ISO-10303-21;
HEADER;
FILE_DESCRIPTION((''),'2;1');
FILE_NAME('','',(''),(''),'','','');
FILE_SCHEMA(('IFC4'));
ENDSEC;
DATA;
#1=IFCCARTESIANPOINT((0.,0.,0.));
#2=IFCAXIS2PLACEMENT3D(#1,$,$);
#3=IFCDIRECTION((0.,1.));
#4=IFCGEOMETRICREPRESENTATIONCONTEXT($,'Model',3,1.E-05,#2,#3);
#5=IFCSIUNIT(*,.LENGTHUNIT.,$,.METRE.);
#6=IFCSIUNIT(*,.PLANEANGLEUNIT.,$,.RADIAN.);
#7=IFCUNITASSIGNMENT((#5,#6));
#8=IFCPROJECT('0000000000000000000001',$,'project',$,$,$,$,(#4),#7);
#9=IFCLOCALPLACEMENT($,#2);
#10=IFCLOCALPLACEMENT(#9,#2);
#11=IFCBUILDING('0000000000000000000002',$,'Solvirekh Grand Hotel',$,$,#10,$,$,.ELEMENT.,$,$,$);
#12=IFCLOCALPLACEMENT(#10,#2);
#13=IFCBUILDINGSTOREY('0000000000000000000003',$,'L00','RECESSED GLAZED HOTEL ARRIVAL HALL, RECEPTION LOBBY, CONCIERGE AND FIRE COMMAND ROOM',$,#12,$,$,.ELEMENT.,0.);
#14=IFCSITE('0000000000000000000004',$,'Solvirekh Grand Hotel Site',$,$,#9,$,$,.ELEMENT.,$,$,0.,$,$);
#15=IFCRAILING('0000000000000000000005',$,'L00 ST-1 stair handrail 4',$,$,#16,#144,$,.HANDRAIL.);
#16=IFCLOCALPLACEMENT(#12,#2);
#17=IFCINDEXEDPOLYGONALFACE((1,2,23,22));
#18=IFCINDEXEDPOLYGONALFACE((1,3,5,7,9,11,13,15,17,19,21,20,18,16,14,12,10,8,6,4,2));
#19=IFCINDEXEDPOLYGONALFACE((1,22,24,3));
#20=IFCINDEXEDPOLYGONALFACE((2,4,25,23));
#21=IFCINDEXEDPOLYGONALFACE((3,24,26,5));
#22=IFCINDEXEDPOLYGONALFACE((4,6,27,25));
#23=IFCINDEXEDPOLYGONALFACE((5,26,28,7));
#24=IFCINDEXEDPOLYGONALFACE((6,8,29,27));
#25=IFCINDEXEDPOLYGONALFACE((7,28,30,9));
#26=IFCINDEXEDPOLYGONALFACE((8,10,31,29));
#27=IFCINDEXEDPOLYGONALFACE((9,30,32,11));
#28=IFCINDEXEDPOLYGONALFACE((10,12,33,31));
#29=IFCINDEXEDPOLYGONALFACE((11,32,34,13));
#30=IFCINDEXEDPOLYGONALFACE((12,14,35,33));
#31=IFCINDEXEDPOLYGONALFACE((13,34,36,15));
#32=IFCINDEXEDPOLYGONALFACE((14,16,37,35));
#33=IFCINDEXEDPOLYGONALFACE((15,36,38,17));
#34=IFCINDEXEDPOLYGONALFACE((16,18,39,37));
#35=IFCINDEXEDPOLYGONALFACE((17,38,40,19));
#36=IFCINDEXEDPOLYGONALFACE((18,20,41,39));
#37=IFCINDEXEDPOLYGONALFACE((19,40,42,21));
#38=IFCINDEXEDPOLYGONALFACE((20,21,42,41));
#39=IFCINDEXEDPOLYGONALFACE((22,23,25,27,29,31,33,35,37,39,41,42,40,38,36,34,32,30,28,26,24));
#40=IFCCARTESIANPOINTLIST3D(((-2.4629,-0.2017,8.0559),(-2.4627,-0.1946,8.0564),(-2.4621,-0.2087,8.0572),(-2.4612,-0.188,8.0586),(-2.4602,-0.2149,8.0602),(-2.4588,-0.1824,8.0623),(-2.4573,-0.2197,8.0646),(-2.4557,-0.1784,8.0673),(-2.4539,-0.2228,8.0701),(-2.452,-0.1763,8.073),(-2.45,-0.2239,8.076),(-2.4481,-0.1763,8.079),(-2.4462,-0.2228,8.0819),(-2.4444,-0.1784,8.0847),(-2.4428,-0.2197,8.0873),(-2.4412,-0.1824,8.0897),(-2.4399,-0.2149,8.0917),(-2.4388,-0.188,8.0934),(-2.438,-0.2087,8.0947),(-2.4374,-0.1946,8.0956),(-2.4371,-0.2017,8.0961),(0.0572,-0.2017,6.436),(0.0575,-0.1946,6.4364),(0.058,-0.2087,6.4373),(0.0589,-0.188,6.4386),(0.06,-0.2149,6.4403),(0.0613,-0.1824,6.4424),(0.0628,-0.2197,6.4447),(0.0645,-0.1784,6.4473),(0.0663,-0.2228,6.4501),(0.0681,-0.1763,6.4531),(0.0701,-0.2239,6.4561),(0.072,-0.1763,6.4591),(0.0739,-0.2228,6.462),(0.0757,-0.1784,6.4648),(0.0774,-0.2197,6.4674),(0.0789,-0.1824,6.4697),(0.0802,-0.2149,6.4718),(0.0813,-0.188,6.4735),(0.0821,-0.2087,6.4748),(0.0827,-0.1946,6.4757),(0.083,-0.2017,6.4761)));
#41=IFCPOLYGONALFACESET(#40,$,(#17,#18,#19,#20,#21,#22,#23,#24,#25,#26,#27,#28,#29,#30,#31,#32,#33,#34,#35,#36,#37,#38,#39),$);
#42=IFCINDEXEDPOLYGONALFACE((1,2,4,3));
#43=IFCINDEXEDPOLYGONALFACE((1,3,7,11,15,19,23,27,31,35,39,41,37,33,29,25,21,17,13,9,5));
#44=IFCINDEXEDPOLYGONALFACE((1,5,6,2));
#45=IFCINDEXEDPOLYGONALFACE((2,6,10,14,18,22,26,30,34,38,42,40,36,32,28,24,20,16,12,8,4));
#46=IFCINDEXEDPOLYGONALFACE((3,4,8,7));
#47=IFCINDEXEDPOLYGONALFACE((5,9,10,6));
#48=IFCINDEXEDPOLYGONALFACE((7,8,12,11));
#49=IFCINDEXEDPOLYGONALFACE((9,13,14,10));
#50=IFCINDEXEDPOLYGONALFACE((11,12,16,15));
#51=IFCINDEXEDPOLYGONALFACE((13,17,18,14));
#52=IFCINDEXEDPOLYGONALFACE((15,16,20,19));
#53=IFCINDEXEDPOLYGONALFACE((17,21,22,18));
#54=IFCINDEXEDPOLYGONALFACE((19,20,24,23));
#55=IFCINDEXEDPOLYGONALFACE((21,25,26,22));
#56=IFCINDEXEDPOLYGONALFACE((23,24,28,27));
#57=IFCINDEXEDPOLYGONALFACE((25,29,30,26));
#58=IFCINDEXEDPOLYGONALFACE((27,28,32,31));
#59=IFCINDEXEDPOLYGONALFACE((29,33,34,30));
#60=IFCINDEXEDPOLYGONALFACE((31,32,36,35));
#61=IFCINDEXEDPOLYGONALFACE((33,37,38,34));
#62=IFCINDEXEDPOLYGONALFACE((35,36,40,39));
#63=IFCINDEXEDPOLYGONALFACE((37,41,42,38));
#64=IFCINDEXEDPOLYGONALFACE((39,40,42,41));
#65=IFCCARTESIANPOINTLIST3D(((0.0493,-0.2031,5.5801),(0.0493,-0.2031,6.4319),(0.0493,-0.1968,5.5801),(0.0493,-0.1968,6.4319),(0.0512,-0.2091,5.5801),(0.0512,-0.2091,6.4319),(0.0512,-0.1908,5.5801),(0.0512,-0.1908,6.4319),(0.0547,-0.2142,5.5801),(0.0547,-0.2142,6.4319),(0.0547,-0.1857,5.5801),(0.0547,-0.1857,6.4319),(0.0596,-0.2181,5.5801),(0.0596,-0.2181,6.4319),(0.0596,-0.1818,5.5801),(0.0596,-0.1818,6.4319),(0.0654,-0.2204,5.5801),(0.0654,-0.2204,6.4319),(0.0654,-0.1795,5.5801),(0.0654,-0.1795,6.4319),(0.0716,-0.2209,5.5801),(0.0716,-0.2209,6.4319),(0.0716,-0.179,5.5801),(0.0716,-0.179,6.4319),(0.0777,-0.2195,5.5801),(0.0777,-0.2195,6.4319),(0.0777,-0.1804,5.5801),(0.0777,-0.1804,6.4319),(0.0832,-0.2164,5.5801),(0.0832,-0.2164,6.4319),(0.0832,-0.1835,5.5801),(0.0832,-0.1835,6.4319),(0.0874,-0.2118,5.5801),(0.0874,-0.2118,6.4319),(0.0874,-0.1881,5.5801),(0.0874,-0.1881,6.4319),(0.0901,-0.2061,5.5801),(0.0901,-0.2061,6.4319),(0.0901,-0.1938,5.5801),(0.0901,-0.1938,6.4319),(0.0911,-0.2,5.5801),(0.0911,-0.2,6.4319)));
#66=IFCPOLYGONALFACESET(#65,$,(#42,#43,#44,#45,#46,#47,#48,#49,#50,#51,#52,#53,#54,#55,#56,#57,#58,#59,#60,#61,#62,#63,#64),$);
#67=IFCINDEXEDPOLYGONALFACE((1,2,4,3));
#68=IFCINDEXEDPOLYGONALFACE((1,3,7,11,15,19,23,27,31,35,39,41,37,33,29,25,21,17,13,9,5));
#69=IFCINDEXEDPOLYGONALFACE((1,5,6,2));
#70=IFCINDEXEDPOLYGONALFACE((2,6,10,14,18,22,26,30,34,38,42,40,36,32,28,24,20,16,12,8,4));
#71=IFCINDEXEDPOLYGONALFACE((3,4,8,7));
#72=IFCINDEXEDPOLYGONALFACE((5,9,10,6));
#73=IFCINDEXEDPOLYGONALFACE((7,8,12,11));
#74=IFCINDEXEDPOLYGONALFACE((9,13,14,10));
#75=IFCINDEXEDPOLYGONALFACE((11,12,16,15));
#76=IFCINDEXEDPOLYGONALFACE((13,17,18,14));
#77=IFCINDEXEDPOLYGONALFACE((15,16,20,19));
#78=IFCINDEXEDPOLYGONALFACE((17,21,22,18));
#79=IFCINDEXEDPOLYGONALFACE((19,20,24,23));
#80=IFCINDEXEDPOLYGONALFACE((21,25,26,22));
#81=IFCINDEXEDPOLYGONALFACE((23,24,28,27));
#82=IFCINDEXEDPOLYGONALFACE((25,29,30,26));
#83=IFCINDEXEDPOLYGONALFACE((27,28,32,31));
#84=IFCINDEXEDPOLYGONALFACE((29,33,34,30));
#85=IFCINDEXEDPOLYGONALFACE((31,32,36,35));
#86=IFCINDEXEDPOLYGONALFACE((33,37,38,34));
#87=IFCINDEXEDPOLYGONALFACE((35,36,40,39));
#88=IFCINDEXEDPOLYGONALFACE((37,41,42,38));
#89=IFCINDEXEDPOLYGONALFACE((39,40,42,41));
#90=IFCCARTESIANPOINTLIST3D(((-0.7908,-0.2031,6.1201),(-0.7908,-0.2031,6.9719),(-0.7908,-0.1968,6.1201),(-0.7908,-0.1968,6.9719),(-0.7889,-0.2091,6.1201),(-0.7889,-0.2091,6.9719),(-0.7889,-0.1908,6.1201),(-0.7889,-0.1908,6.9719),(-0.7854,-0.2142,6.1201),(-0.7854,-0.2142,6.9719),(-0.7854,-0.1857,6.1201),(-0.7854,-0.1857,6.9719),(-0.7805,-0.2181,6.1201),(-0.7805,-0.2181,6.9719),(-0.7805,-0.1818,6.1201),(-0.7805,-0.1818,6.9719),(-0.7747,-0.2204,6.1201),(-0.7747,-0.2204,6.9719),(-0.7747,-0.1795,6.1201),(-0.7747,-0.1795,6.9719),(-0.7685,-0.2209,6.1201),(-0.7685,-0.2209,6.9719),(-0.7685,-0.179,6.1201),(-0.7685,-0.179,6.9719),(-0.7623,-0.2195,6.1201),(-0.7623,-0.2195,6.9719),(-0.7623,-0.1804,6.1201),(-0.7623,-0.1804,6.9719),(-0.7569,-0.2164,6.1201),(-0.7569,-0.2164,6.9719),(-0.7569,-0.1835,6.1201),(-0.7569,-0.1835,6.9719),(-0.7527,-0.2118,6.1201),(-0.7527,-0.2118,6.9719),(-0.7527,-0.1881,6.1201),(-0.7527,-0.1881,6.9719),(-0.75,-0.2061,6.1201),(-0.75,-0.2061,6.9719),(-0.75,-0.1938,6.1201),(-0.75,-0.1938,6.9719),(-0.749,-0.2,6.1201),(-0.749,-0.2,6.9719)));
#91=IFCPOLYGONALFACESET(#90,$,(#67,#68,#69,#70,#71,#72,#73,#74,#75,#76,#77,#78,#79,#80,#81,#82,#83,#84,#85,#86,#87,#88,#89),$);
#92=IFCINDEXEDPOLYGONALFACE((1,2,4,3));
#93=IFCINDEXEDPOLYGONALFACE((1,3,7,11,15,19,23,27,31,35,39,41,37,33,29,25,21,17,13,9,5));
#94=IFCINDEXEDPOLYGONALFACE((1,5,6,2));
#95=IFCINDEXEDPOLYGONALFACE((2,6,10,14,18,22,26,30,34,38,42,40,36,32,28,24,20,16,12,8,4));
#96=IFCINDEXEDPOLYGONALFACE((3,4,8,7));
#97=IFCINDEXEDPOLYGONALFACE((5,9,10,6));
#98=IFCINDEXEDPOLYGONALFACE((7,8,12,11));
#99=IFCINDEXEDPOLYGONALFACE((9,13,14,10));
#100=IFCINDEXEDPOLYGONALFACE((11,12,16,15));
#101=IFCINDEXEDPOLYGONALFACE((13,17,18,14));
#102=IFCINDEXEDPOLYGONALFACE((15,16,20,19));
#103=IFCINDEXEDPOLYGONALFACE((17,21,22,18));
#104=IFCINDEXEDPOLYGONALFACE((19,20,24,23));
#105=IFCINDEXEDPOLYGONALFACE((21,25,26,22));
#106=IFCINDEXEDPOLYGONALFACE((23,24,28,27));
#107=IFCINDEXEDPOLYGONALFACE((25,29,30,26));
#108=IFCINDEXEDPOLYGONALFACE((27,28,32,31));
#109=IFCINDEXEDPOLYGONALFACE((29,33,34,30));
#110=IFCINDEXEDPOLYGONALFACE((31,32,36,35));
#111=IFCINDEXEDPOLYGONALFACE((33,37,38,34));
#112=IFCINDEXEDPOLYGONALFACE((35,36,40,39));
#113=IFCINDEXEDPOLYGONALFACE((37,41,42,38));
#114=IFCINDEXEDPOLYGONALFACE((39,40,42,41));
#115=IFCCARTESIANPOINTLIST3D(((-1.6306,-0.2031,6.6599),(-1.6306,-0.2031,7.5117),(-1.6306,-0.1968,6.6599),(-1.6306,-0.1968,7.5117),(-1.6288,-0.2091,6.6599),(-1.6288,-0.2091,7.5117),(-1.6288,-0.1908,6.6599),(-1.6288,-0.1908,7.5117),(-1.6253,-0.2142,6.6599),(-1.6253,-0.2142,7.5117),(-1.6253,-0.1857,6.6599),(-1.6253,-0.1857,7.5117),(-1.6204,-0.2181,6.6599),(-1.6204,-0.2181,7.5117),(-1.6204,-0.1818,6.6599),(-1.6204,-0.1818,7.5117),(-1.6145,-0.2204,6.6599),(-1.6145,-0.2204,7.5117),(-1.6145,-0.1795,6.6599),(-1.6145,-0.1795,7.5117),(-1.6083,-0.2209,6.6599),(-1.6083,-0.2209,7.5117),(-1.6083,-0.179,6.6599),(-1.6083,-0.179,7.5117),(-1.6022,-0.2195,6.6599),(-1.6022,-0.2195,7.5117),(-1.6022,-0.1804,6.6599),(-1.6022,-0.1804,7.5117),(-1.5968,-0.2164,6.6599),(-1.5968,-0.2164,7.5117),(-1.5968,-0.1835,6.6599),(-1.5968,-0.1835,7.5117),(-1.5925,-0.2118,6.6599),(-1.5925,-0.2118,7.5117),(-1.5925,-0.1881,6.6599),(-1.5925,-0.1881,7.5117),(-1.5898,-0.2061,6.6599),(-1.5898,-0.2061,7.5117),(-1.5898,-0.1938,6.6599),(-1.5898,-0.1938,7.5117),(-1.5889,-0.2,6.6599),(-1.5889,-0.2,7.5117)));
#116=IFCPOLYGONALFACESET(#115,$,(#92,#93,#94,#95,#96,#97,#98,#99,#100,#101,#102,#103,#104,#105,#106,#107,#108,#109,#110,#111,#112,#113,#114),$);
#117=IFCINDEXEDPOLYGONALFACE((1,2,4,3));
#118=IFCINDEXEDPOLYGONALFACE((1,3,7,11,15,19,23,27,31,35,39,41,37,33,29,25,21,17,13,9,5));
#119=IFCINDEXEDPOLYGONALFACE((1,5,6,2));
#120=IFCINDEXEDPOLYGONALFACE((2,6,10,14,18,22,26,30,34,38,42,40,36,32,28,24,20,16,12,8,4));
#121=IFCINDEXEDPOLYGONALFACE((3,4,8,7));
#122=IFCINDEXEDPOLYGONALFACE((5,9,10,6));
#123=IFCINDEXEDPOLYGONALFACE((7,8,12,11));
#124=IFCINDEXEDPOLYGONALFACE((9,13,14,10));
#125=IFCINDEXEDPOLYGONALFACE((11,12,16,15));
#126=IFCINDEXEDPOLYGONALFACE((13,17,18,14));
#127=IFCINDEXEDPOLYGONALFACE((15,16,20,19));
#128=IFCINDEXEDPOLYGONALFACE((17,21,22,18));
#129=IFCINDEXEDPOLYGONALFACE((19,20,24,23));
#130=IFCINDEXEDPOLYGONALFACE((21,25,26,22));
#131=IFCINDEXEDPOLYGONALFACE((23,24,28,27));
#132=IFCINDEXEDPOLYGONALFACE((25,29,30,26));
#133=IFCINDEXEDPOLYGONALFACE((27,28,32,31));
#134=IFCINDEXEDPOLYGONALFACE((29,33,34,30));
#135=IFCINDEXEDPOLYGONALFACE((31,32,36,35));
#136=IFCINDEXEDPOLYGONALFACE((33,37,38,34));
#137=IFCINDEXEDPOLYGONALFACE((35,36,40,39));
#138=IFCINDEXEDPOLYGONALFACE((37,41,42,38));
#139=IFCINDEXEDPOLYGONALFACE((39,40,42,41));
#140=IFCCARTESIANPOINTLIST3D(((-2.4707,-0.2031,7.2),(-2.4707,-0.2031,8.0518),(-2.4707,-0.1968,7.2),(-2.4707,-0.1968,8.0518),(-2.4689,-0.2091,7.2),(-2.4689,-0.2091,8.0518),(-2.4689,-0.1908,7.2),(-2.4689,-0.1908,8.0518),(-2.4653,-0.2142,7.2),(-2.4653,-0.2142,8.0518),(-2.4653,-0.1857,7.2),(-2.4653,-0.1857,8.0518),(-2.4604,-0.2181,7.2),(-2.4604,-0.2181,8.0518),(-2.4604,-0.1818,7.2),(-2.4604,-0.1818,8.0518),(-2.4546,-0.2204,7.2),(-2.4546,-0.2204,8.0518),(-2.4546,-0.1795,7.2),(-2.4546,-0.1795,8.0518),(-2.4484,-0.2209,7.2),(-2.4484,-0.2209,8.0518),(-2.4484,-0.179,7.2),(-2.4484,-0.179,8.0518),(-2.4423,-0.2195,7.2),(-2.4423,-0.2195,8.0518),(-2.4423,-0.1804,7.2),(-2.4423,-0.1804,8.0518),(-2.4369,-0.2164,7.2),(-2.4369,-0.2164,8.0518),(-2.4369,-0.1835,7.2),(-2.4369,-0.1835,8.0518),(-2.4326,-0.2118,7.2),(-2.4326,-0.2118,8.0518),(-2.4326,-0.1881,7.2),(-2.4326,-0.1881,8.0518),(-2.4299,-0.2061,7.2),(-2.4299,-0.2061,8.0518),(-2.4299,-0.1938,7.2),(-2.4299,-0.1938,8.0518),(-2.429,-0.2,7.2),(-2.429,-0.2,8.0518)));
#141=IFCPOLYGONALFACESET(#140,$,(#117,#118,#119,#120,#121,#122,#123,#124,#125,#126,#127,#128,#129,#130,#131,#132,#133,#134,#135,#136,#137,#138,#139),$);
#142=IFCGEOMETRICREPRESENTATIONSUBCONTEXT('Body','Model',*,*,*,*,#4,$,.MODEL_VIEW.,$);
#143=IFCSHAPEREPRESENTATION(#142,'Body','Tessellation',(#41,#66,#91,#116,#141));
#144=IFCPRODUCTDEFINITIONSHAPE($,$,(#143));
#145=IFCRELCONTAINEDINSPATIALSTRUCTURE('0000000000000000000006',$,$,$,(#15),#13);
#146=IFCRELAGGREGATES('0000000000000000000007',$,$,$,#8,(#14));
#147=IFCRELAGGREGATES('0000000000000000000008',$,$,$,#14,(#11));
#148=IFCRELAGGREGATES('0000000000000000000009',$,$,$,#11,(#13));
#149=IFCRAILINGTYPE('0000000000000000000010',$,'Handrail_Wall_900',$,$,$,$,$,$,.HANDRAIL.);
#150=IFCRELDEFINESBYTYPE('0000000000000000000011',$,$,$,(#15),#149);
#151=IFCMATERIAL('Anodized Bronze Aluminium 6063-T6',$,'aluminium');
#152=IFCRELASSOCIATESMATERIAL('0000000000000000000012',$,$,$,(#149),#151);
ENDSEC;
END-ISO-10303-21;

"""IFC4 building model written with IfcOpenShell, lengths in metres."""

from ifc_helpers import new_model, si_unit, direction, frame, origin, origin_2d, place, context, subcontext, project, spatial, circle, extrude, material, type_object, element, save


model = new_model("IFC4")

# Units and contexts
model_context = context("Model", 3, precision=1e-05, world=origin(), true_north=direction((0.0, 1.0)))
body_context = subcontext(model_context, "Body", "Model", "MODEL_VIEW")
ifc_project = project(units=[si_unit("LENGTHUNIT", "METRE"), si_unit("PLANEANGLEUNIT", "RADIAN")], contexts=[model_context])

# Site, building, storey
site_placement = place(None, origin())
site = spatial("IfcSite", under=ifc_project, at=site_placement, Name="Solvirekh Grand Hotel Site", CompositionType="ELEMENT", RefElevation=0.0)
building_placement = place(site_placement, origin())
building = spatial("IfcBuilding", under=site, at=building_placement, Name="Solvirekh Grand Hotel", CompositionType="ELEMENT")
storey_placement = place(building_placement, origin())
storey = spatial("IfcBuildingStorey", under=building, at=storey_placement, Name="L00", Description="RECESSED GLAZED HOTEL ARRIVAL HALL, RECEPTION LOBBY, CONCIERGE AND FIRE COMMAND ROOM", CompositionType="ELEMENT", Elevation=0.0)

# Railing
ifc_material_1 = material(Name="Anodized Bronze Aluminium 6063-T6", Category="aluminium")
railing_type_1 = type_object("IfcRailingType", Name="Handrail_Wall_900", PredefinedType="HANDRAIL", material=ifc_material_1)
railing_1_placement = place(storey_placement, frame((0.0701, -0.2, 5.5801)))
element("IfcRailing", 1, at=railing_1_placement, inside=storey, type_object=railing_type_1, Name="L00 ST-1 stair handrail 4", PredefinedType="HANDRAIL", context=body_context, shape_type="SweptSolid", body=[
    extrude(circle(Radius=0.0239, at=origin_2d()), frame((0.0, 0.0, 0.876), z_axis=(-0.8412, 0.0, 0.540725), x_axis=(0.0, -1.0, 0.0)), (0.0, 0.0, 1.0), 2.9958),
    extrude(circle(Radius=0.021, at=origin_2d()), origin(), (0.0, 0.0, 1.0), 0.8518),
    extrude(circle(Radius=0.021, at=origin_2d()), frame((-0.8401, 0.0, 0.54)), (0.0, 0.0, 1.0), 0.8518),
    extrude(circle(Radius=0.021, at=origin_2d()), frame((-1.6799, 0.0, 1.0798)), (0.0, 0.0, 1.0), 0.8518),
    extrude(circle(Radius=0.021, at=origin_2d()), frame((-2.52, 0.0, 1.6199)), (0.0, 0.0, 1.0), 0.8518),
])

save(model, "model.ifc")
